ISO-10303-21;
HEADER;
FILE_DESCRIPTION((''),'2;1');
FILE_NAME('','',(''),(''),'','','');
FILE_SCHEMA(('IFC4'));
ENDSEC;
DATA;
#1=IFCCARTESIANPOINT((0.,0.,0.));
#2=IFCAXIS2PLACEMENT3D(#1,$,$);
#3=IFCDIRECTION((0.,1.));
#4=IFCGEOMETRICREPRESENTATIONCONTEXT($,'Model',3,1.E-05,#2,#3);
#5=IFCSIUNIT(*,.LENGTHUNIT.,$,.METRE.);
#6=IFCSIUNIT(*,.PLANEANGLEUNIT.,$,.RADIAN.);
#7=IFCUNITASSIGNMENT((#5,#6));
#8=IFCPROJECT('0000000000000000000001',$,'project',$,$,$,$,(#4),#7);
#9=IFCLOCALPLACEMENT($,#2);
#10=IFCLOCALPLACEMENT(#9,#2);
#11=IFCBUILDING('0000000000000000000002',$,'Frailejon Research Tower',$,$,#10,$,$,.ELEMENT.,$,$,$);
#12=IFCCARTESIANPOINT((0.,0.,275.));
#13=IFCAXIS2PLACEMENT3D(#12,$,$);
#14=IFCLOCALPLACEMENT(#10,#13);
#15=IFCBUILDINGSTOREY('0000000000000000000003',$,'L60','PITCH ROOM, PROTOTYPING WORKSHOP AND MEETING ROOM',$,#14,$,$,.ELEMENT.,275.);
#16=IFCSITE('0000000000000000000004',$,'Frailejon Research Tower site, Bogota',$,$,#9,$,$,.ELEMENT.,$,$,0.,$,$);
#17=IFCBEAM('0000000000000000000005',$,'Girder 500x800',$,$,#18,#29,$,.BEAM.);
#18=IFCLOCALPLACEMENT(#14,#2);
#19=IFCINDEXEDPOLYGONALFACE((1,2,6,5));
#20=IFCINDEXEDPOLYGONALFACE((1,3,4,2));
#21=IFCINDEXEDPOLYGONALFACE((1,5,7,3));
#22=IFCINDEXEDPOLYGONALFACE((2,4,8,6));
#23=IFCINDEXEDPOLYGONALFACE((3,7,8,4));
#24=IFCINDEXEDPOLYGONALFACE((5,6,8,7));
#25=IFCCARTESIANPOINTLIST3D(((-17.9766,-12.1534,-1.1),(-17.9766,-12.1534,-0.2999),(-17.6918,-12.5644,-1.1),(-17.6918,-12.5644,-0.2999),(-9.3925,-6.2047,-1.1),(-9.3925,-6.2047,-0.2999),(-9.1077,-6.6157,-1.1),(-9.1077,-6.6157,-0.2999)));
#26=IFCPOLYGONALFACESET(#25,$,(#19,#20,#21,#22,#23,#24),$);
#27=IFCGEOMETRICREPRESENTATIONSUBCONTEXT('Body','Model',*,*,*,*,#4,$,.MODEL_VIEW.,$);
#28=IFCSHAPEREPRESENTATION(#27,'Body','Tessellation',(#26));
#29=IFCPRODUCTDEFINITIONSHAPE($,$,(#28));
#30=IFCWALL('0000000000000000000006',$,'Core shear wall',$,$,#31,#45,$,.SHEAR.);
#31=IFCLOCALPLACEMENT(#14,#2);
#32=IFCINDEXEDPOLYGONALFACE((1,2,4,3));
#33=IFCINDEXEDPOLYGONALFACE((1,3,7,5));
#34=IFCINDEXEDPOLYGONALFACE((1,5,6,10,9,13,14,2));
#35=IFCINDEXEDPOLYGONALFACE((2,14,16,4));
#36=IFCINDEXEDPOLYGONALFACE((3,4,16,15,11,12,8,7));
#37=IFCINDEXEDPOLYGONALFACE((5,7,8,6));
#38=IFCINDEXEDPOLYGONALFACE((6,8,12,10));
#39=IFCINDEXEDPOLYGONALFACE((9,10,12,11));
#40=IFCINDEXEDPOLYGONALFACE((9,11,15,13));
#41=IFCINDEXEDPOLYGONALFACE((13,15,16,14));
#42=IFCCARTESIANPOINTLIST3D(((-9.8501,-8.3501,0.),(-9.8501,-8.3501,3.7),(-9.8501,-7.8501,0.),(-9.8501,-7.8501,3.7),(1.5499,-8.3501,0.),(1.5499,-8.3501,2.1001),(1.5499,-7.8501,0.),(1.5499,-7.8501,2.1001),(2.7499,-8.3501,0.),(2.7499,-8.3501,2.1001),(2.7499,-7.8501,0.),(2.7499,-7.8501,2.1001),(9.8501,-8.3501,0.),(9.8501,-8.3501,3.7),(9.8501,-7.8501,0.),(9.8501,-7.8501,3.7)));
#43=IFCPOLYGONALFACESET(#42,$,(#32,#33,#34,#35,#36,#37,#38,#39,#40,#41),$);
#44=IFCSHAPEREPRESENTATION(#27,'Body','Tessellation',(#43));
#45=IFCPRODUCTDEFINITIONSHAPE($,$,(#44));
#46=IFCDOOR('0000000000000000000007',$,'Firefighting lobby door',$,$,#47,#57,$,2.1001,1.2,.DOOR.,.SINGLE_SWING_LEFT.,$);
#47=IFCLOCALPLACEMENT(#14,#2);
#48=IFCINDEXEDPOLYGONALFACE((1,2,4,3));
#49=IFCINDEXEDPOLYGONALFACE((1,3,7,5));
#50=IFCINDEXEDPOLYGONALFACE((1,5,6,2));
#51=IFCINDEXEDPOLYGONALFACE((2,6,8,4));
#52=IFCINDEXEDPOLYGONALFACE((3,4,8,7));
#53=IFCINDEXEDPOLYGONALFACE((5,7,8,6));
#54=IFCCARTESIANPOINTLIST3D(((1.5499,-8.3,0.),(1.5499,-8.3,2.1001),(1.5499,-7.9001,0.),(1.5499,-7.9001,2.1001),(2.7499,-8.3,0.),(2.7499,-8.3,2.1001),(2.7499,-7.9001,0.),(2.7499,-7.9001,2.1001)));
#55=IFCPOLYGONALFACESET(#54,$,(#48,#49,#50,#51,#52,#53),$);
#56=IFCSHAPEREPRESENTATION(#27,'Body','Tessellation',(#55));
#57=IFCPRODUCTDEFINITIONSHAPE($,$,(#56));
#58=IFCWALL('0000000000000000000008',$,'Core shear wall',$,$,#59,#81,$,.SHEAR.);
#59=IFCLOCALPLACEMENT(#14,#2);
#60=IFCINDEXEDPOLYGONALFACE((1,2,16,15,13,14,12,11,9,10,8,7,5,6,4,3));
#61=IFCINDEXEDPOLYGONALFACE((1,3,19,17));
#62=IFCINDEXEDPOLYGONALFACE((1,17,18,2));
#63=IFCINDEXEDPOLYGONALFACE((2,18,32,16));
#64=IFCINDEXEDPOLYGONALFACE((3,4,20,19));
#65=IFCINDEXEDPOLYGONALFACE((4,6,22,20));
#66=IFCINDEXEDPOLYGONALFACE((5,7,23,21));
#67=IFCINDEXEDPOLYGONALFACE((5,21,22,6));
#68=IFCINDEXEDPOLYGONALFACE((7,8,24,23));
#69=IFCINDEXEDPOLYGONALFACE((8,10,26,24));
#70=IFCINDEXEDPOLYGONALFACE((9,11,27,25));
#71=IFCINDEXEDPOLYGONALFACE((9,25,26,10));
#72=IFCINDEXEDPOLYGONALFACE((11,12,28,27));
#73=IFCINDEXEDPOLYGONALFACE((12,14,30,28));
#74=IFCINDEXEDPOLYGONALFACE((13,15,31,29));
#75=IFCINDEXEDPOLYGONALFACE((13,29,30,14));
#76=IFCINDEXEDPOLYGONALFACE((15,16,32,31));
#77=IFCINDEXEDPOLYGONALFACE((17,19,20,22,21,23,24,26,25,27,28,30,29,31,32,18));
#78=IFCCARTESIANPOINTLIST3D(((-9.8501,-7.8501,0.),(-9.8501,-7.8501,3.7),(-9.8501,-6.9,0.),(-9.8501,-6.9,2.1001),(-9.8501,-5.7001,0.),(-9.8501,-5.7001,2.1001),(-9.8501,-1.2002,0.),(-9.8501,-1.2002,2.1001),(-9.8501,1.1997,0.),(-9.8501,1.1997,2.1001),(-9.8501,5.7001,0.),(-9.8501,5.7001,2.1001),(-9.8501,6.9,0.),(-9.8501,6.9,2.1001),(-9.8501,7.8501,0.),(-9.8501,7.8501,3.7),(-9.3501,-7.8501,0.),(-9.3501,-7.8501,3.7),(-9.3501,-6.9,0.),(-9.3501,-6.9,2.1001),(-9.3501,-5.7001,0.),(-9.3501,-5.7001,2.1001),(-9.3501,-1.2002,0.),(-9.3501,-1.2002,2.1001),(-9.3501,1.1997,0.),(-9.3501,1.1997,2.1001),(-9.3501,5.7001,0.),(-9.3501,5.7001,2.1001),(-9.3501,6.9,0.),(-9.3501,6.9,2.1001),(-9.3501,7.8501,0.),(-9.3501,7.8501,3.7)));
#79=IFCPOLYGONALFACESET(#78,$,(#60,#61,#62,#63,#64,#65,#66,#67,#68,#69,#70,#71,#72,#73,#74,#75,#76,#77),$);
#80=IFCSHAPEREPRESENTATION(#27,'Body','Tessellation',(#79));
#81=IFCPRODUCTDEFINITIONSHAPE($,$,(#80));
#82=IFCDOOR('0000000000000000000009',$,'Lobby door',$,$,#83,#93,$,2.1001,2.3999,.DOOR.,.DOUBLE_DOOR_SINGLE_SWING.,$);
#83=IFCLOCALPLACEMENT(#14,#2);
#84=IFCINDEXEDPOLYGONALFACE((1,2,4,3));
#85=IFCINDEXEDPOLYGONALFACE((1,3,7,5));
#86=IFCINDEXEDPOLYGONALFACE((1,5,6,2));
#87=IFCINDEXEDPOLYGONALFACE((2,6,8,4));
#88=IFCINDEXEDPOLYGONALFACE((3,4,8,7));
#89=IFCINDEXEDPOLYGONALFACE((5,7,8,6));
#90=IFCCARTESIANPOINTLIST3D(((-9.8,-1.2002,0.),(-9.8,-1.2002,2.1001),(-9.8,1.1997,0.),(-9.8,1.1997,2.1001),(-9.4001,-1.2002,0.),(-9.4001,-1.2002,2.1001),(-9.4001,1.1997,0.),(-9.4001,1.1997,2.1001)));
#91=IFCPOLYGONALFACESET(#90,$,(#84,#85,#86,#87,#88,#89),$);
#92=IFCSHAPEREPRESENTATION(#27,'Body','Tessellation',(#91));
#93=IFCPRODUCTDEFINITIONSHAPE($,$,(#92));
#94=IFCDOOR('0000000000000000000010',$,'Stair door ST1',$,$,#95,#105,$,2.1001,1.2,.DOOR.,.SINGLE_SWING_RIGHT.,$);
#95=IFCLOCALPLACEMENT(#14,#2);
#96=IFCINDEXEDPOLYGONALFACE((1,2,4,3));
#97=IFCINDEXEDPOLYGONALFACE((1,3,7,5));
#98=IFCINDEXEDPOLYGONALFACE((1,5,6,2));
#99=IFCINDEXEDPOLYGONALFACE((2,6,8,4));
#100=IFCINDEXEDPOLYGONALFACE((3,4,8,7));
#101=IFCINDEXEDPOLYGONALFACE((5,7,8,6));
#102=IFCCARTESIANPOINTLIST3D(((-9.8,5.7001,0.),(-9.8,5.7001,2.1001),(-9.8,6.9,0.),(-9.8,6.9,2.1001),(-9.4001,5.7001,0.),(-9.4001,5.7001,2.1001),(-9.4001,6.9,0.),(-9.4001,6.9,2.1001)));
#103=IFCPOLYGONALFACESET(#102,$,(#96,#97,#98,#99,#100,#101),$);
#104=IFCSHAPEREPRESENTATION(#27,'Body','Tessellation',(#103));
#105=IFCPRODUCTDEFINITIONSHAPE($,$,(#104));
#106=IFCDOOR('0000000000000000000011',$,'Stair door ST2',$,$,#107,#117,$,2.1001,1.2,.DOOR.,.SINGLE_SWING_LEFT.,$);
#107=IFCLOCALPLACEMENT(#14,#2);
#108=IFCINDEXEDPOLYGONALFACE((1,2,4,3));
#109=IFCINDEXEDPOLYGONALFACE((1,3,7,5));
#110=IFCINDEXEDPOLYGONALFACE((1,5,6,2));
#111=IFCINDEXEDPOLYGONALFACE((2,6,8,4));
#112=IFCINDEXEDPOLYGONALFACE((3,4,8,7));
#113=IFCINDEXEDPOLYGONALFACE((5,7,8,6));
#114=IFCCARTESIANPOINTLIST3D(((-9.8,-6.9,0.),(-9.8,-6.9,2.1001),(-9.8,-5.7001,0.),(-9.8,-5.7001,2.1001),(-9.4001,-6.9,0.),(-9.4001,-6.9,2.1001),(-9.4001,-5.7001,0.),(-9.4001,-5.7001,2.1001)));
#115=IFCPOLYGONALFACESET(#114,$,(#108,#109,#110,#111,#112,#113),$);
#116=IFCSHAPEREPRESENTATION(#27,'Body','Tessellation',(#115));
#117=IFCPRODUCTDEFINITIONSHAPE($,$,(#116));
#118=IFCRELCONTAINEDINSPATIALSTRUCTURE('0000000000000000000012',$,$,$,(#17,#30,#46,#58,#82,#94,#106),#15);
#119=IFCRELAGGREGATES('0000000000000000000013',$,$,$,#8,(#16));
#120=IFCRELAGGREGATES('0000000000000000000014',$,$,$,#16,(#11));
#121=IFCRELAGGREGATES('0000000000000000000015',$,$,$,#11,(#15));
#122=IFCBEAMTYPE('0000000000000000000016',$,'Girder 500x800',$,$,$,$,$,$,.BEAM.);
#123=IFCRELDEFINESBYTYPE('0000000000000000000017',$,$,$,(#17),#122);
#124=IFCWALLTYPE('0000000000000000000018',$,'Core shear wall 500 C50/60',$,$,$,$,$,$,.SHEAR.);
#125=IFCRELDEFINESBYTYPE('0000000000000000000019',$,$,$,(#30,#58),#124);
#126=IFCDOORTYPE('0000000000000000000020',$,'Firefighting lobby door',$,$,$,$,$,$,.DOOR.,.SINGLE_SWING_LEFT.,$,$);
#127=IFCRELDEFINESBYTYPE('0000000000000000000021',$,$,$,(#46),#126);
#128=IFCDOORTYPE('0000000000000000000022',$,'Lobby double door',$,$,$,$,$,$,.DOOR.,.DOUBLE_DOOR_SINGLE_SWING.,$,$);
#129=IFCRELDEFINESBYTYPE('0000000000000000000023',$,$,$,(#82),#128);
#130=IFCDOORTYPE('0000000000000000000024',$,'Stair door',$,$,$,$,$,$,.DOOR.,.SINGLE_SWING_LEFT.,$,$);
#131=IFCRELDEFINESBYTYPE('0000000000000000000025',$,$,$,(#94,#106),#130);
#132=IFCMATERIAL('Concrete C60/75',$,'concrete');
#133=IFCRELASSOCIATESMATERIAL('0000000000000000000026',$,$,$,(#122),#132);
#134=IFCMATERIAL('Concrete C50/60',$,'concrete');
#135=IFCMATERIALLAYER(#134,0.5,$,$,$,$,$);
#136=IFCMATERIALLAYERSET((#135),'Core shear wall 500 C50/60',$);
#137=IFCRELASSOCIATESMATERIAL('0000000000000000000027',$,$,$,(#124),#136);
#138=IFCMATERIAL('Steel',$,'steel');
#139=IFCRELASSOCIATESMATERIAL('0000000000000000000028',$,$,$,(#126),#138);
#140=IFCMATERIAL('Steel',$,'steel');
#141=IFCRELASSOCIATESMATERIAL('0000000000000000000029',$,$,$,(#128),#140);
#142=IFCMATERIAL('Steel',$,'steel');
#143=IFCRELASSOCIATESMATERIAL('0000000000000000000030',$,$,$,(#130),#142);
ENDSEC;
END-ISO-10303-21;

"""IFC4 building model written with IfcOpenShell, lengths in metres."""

from ifc_helpers import new_model, si_unit, direction, frame, frame_2d, origin, origin_2d, place, context, subcontext, project, spatial, rectangle, extrude, material, layer, layer_set, material_profile, profile_set, type_object, element, fill, save


model = new_model("IFC4")

# Units and contexts
model_context = context("Model", 3, precision=1e-05, world=origin(), true_north=direction((0.0, 1.0)))
body_context = subcontext(model_context, "Body", "Model", "MODEL_VIEW")
ifc_project = project(units=[si_unit("LENGTHUNIT", "METRE"), si_unit("PLANEANGLEUNIT", "RADIAN")], contexts=[model_context])

# Site, building, storey
site_placement = place(None, origin())
site = spatial("IfcSite", under=ifc_project, at=site_placement, Name="Frailejon Research Tower site, Bogota", CompositionType="ELEMENT", RefElevation=0.0)
building_placement = place(site_placement, origin())
building = spatial("IfcBuilding", under=site, at=building_placement, Name="Frailejon Research Tower", CompositionType="ELEMENT")
storey_placement = place(building_placement, frame((0.0, 0.0, 275.0)))
storey = spatial("IfcBuildingStorey", under=building, at=storey_placement, Name="L60", Description="PITCH ROOM, PROTOTYPING WORKSHOP AND MEETING ROOM", CompositionType="ELEMENT", Elevation=275.0)

# Beam
ifc_material_1 = material(Name="Concrete C60/75", Category="concrete")
ifc_material_profile = material_profile(ifc_material_1, rectangle(XDim=0.5, YDim=0.8, at=origin_2d()), Name="Girder 500x800")
ifc_profile_set = profile_set([ifc_material_profile], Name="Concrete C60/75")
beam_type = type_object("IfcBeamType", Name="Girder 500x800", PredefinedType="BEAM", material=ifc_profile_set)
beam_placement = place(storey_placement, frame((-17.8342, -12.3589, -0.7), z_axis=(0.821932, 0.569586, 0.0), x_axis=(-0.569586, 0.821932, 0.0)))
element("IfcBeam", 1, at=beam_placement, inside=storey, type_object=beam_type, Name="Girder 500x800", PredefinedType="BEAM", context=body_context, shape_type="SweptSolid", body=[
    extrude(rectangle(XDim=0.5, YDim=0.8, at=origin_2d()), origin(), (0.0, 0.0, 1.0), 10.4438),
])

# Wall, opening, door
ifc_material_2 = material(Name="Concrete C50/60", Category="concrete")
ifc_layer_1 = layer(ifc_material_2, 0.5)
ifc_layer_set_1 = layer_set([ifc_layer_1], Name="Core shear wall 500 C50/60")
wall_type_1 = type_object("IfcWallType", Name="Core shear wall 500 C50/60", PredefinedType="SHEAR", material=ifc_layer_set_1)
wall_1_placement = place(storey_placement, frame((-9.8501, -8.1001, 0.0), z_axis=(0.0, 0.0, 1.0), x_axis=(1.0, 0.0, 0.0)))
wall_1 = element("IfcWall", 2, at=wall_1_placement, inside=storey, type_object=wall_type_1, Name="Core shear wall", PredefinedType="SHEAR", context=body_context, shape_type="SweptSolid", body=[
    extrude(rectangle(XDim=19.7002, YDim=0.5, at=frame_2d((9.8501, 0.0))), origin(), (0.0, 0.0, 1.0), 3.7),
])
opening_1_placement = place(wall_1_placement, frame((11.3999, 0.0, 0.0)))
opening_1 = element("IfcOpeningElement", 3, at=opening_1_placement, cuts=wall_1, PredefinedType="OPENING", context=body_context, shape_type="SweptSolid", body=[
    extrude(rectangle(XDim=1.2, YDim=2.1001, at=frame_2d((0.6001, 1.05))), frame((0.0, 0.26, 0.0), z_axis=(0.0, -1.0, 0.0), x_axis=(1.0, 0.0, 0.0)), (0.0, 0.0, 1.0), 0.52),
])
ifc_material_3 = material(Name="Steel", Category="steel")
door_type_1 = type_object("IfcDoorType", Name="Firefighting lobby door", OperationType="SINGLE_SWING_LEFT", PredefinedType="DOOR", material=ifc_material_3)
door_1_placement = place(opening_1_placement, origin())
door_1 = element("IfcDoor", 4, at=door_1_placement, inside=storey, type_object=door_type_1, Name="Firefighting lobby door", OperationType="SINGLE_SWING_LEFT", OverallHeight=2.1001, OverallWidth=1.2, PredefinedType="DOOR", context=body_context, shape_type="SweptSolid", body=[
    extrude(rectangle(XDim=1.2, YDim=2.1001, at=frame_2d((0.6001, 1.05))), frame((0.0, 0.2, 0.0), z_axis=(0.0, -1.0, 0.0), x_axis=(1.0, 0.0, 0.0)), (0.0, 0.0, 1.0), 0.3999),
])
fill(opening_1, door_1)

# Wall, openings, doors
wall_2_placement = place(storey_placement, frame((-9.6001, -7.8501, 0.0), z_axis=(0.0, 0.0, 1.0), x_axis=(0.0, 1.0, 0.0)))
wall_2 = element("IfcWall", 5, at=wall_2_placement, inside=storey, type_object=wall_type_1, Name="Core shear wall", PredefinedType="SHEAR", context=body_context, shape_type="SweptSolid", body=[
    extrude(rectangle(XDim=15.7002, YDim=0.5, at=frame_2d((7.8501, 0.0))), origin(), (0.0, 0.0, 1.0), 3.7),
])
opening_2_placement = place(wall_2_placement, frame((6.6499, 0.0, 0.0)))
opening_2 = element("IfcOpeningElement", 6, at=opening_2_placement, cuts=wall_2, PredefinedType="OPENING", context=body_context, shape_type="SweptSolid", body=[
    extrude(rectangle(XDim=2.3999, YDim=2.1001, at=frame_2d((1.2, 1.05))), frame((0.0, 0.26, 0.0), z_axis=(0.0, -1.0, 0.0), x_axis=(1.0, 0.0, 0.0)), (0.0, 0.0, 1.0), 0.52),
])
opening_3_placement = place(wall_2_placement, frame((13.55, 0.0, 0.0)))
opening_3 = element("IfcOpeningElement", 7, at=opening_3_placement, cuts=wall_2, PredefinedType="OPENING", context=body_context, shape_type="SweptSolid", body=[
    extrude(rectangle(XDim=1.2, YDim=2.1001, at=frame_2d((0.6001, 1.05))), frame((0.0, 0.26, 0.0), z_axis=(0.0, -1.0, 0.0), x_axis=(1.0, 0.0, 0.0)), (0.0, 0.0, 1.0), 0.52),
])
opening_4_placement = place(wall_2_placement, frame((0.95, 0.0, 0.0)))
opening_4 = element("IfcOpeningElement", 8, at=opening_4_placement, cuts=wall_2, PredefinedType="OPENING", context=body_context, shape_type="SweptSolid", body=[
    extrude(rectangle(XDim=1.2, YDim=2.1001, at=frame_2d((0.6001, 1.05))), frame((0.0, 0.26, 0.0), z_axis=(0.0, -1.0, 0.0), x_axis=(1.0, 0.0, 0.0)), (0.0, 0.0, 1.0), 0.52),
])
ifc_material_4 = material(Name="Steel", Category="steel")
door_type_2 = type_object("IfcDoorType", Name="Lobby double door", OperationType="DOUBLE_DOOR_SINGLE_SWING", PredefinedType="DOOR", material=ifc_material_4)
door_2_placement = place(opening_2_placement, origin())
door_2 = element("IfcDoor", 9, at=door_2_placement, inside=storey, type_object=door_type_2, Name="Lobby door", OperationType="DOUBLE_DOOR_SINGLE_SWING", OverallHeight=2.1001, OverallWidth=2.3999, PredefinedType="DOOR", context=body_context, shape_type="SweptSolid", body=[
    extrude(rectangle(XDim=2.3999, YDim=2.1001, at=frame_2d((1.2, 1.05))), frame((0.0, 0.2, 0.0), z_axis=(0.0, -1.0, 0.0), x_axis=(1.0, 0.0, 0.0)), (0.0, 0.0, 1.0), 0.3999),
])
fill(opening_2, door_2)
ifc_material_5 = material(Name="Steel", Category="steel")
door_type_3 = type_object("IfcDoorType", Name="Stair door", OperationType="SINGLE_SWING_LEFT", PredefinedType="DOOR", material=ifc_material_5)
door_3_placement = place(opening_3_placement, origin())
door_3 = element("IfcDoor", 10, at=door_3_placement, inside=storey, type_object=door_type_3, Name="Stair door ST1", OperationType="SINGLE_SWING_RIGHT", OverallHeight=2.1001, OverallWidth=1.2, PredefinedType="DOOR", context=body_context, shape_type="SweptSolid", body=[
    extrude(rectangle(XDim=1.2, YDim=2.1001, at=frame_2d((0.6001, 1.05))), frame((0.0, 0.2, 0.0), z_axis=(0.0, -1.0, 0.0), x_axis=(1.0, 0.0, 0.0)), (0.0, 0.0, 1.0), 0.3999),
])
fill(opening_3, door_3)
door_4_placement = place(opening_4_placement, origin())
door_4 = element("IfcDoor", 11, at=door_4_placement, inside=storey, type_object=door_type_3, Name="Stair door ST2", OperationType="SINGLE_SWING_LEFT", OverallHeight=2.1001, OverallWidth=1.2, PredefinedType="DOOR", context=body_context, shape_type="SweptSolid", body=[
    extrude(rectangle(XDim=1.2, YDim=2.1001, at=frame_2d((0.6001, 1.05))), frame((0.0, 0.2, 0.0), z_axis=(0.0, -1.0, 0.0), x_axis=(1.0, 0.0, 0.0)), (0.0, 0.0, 1.0), 0.3999),
])
fill(opening_4, door_4)

save(model, "model.ifc")
